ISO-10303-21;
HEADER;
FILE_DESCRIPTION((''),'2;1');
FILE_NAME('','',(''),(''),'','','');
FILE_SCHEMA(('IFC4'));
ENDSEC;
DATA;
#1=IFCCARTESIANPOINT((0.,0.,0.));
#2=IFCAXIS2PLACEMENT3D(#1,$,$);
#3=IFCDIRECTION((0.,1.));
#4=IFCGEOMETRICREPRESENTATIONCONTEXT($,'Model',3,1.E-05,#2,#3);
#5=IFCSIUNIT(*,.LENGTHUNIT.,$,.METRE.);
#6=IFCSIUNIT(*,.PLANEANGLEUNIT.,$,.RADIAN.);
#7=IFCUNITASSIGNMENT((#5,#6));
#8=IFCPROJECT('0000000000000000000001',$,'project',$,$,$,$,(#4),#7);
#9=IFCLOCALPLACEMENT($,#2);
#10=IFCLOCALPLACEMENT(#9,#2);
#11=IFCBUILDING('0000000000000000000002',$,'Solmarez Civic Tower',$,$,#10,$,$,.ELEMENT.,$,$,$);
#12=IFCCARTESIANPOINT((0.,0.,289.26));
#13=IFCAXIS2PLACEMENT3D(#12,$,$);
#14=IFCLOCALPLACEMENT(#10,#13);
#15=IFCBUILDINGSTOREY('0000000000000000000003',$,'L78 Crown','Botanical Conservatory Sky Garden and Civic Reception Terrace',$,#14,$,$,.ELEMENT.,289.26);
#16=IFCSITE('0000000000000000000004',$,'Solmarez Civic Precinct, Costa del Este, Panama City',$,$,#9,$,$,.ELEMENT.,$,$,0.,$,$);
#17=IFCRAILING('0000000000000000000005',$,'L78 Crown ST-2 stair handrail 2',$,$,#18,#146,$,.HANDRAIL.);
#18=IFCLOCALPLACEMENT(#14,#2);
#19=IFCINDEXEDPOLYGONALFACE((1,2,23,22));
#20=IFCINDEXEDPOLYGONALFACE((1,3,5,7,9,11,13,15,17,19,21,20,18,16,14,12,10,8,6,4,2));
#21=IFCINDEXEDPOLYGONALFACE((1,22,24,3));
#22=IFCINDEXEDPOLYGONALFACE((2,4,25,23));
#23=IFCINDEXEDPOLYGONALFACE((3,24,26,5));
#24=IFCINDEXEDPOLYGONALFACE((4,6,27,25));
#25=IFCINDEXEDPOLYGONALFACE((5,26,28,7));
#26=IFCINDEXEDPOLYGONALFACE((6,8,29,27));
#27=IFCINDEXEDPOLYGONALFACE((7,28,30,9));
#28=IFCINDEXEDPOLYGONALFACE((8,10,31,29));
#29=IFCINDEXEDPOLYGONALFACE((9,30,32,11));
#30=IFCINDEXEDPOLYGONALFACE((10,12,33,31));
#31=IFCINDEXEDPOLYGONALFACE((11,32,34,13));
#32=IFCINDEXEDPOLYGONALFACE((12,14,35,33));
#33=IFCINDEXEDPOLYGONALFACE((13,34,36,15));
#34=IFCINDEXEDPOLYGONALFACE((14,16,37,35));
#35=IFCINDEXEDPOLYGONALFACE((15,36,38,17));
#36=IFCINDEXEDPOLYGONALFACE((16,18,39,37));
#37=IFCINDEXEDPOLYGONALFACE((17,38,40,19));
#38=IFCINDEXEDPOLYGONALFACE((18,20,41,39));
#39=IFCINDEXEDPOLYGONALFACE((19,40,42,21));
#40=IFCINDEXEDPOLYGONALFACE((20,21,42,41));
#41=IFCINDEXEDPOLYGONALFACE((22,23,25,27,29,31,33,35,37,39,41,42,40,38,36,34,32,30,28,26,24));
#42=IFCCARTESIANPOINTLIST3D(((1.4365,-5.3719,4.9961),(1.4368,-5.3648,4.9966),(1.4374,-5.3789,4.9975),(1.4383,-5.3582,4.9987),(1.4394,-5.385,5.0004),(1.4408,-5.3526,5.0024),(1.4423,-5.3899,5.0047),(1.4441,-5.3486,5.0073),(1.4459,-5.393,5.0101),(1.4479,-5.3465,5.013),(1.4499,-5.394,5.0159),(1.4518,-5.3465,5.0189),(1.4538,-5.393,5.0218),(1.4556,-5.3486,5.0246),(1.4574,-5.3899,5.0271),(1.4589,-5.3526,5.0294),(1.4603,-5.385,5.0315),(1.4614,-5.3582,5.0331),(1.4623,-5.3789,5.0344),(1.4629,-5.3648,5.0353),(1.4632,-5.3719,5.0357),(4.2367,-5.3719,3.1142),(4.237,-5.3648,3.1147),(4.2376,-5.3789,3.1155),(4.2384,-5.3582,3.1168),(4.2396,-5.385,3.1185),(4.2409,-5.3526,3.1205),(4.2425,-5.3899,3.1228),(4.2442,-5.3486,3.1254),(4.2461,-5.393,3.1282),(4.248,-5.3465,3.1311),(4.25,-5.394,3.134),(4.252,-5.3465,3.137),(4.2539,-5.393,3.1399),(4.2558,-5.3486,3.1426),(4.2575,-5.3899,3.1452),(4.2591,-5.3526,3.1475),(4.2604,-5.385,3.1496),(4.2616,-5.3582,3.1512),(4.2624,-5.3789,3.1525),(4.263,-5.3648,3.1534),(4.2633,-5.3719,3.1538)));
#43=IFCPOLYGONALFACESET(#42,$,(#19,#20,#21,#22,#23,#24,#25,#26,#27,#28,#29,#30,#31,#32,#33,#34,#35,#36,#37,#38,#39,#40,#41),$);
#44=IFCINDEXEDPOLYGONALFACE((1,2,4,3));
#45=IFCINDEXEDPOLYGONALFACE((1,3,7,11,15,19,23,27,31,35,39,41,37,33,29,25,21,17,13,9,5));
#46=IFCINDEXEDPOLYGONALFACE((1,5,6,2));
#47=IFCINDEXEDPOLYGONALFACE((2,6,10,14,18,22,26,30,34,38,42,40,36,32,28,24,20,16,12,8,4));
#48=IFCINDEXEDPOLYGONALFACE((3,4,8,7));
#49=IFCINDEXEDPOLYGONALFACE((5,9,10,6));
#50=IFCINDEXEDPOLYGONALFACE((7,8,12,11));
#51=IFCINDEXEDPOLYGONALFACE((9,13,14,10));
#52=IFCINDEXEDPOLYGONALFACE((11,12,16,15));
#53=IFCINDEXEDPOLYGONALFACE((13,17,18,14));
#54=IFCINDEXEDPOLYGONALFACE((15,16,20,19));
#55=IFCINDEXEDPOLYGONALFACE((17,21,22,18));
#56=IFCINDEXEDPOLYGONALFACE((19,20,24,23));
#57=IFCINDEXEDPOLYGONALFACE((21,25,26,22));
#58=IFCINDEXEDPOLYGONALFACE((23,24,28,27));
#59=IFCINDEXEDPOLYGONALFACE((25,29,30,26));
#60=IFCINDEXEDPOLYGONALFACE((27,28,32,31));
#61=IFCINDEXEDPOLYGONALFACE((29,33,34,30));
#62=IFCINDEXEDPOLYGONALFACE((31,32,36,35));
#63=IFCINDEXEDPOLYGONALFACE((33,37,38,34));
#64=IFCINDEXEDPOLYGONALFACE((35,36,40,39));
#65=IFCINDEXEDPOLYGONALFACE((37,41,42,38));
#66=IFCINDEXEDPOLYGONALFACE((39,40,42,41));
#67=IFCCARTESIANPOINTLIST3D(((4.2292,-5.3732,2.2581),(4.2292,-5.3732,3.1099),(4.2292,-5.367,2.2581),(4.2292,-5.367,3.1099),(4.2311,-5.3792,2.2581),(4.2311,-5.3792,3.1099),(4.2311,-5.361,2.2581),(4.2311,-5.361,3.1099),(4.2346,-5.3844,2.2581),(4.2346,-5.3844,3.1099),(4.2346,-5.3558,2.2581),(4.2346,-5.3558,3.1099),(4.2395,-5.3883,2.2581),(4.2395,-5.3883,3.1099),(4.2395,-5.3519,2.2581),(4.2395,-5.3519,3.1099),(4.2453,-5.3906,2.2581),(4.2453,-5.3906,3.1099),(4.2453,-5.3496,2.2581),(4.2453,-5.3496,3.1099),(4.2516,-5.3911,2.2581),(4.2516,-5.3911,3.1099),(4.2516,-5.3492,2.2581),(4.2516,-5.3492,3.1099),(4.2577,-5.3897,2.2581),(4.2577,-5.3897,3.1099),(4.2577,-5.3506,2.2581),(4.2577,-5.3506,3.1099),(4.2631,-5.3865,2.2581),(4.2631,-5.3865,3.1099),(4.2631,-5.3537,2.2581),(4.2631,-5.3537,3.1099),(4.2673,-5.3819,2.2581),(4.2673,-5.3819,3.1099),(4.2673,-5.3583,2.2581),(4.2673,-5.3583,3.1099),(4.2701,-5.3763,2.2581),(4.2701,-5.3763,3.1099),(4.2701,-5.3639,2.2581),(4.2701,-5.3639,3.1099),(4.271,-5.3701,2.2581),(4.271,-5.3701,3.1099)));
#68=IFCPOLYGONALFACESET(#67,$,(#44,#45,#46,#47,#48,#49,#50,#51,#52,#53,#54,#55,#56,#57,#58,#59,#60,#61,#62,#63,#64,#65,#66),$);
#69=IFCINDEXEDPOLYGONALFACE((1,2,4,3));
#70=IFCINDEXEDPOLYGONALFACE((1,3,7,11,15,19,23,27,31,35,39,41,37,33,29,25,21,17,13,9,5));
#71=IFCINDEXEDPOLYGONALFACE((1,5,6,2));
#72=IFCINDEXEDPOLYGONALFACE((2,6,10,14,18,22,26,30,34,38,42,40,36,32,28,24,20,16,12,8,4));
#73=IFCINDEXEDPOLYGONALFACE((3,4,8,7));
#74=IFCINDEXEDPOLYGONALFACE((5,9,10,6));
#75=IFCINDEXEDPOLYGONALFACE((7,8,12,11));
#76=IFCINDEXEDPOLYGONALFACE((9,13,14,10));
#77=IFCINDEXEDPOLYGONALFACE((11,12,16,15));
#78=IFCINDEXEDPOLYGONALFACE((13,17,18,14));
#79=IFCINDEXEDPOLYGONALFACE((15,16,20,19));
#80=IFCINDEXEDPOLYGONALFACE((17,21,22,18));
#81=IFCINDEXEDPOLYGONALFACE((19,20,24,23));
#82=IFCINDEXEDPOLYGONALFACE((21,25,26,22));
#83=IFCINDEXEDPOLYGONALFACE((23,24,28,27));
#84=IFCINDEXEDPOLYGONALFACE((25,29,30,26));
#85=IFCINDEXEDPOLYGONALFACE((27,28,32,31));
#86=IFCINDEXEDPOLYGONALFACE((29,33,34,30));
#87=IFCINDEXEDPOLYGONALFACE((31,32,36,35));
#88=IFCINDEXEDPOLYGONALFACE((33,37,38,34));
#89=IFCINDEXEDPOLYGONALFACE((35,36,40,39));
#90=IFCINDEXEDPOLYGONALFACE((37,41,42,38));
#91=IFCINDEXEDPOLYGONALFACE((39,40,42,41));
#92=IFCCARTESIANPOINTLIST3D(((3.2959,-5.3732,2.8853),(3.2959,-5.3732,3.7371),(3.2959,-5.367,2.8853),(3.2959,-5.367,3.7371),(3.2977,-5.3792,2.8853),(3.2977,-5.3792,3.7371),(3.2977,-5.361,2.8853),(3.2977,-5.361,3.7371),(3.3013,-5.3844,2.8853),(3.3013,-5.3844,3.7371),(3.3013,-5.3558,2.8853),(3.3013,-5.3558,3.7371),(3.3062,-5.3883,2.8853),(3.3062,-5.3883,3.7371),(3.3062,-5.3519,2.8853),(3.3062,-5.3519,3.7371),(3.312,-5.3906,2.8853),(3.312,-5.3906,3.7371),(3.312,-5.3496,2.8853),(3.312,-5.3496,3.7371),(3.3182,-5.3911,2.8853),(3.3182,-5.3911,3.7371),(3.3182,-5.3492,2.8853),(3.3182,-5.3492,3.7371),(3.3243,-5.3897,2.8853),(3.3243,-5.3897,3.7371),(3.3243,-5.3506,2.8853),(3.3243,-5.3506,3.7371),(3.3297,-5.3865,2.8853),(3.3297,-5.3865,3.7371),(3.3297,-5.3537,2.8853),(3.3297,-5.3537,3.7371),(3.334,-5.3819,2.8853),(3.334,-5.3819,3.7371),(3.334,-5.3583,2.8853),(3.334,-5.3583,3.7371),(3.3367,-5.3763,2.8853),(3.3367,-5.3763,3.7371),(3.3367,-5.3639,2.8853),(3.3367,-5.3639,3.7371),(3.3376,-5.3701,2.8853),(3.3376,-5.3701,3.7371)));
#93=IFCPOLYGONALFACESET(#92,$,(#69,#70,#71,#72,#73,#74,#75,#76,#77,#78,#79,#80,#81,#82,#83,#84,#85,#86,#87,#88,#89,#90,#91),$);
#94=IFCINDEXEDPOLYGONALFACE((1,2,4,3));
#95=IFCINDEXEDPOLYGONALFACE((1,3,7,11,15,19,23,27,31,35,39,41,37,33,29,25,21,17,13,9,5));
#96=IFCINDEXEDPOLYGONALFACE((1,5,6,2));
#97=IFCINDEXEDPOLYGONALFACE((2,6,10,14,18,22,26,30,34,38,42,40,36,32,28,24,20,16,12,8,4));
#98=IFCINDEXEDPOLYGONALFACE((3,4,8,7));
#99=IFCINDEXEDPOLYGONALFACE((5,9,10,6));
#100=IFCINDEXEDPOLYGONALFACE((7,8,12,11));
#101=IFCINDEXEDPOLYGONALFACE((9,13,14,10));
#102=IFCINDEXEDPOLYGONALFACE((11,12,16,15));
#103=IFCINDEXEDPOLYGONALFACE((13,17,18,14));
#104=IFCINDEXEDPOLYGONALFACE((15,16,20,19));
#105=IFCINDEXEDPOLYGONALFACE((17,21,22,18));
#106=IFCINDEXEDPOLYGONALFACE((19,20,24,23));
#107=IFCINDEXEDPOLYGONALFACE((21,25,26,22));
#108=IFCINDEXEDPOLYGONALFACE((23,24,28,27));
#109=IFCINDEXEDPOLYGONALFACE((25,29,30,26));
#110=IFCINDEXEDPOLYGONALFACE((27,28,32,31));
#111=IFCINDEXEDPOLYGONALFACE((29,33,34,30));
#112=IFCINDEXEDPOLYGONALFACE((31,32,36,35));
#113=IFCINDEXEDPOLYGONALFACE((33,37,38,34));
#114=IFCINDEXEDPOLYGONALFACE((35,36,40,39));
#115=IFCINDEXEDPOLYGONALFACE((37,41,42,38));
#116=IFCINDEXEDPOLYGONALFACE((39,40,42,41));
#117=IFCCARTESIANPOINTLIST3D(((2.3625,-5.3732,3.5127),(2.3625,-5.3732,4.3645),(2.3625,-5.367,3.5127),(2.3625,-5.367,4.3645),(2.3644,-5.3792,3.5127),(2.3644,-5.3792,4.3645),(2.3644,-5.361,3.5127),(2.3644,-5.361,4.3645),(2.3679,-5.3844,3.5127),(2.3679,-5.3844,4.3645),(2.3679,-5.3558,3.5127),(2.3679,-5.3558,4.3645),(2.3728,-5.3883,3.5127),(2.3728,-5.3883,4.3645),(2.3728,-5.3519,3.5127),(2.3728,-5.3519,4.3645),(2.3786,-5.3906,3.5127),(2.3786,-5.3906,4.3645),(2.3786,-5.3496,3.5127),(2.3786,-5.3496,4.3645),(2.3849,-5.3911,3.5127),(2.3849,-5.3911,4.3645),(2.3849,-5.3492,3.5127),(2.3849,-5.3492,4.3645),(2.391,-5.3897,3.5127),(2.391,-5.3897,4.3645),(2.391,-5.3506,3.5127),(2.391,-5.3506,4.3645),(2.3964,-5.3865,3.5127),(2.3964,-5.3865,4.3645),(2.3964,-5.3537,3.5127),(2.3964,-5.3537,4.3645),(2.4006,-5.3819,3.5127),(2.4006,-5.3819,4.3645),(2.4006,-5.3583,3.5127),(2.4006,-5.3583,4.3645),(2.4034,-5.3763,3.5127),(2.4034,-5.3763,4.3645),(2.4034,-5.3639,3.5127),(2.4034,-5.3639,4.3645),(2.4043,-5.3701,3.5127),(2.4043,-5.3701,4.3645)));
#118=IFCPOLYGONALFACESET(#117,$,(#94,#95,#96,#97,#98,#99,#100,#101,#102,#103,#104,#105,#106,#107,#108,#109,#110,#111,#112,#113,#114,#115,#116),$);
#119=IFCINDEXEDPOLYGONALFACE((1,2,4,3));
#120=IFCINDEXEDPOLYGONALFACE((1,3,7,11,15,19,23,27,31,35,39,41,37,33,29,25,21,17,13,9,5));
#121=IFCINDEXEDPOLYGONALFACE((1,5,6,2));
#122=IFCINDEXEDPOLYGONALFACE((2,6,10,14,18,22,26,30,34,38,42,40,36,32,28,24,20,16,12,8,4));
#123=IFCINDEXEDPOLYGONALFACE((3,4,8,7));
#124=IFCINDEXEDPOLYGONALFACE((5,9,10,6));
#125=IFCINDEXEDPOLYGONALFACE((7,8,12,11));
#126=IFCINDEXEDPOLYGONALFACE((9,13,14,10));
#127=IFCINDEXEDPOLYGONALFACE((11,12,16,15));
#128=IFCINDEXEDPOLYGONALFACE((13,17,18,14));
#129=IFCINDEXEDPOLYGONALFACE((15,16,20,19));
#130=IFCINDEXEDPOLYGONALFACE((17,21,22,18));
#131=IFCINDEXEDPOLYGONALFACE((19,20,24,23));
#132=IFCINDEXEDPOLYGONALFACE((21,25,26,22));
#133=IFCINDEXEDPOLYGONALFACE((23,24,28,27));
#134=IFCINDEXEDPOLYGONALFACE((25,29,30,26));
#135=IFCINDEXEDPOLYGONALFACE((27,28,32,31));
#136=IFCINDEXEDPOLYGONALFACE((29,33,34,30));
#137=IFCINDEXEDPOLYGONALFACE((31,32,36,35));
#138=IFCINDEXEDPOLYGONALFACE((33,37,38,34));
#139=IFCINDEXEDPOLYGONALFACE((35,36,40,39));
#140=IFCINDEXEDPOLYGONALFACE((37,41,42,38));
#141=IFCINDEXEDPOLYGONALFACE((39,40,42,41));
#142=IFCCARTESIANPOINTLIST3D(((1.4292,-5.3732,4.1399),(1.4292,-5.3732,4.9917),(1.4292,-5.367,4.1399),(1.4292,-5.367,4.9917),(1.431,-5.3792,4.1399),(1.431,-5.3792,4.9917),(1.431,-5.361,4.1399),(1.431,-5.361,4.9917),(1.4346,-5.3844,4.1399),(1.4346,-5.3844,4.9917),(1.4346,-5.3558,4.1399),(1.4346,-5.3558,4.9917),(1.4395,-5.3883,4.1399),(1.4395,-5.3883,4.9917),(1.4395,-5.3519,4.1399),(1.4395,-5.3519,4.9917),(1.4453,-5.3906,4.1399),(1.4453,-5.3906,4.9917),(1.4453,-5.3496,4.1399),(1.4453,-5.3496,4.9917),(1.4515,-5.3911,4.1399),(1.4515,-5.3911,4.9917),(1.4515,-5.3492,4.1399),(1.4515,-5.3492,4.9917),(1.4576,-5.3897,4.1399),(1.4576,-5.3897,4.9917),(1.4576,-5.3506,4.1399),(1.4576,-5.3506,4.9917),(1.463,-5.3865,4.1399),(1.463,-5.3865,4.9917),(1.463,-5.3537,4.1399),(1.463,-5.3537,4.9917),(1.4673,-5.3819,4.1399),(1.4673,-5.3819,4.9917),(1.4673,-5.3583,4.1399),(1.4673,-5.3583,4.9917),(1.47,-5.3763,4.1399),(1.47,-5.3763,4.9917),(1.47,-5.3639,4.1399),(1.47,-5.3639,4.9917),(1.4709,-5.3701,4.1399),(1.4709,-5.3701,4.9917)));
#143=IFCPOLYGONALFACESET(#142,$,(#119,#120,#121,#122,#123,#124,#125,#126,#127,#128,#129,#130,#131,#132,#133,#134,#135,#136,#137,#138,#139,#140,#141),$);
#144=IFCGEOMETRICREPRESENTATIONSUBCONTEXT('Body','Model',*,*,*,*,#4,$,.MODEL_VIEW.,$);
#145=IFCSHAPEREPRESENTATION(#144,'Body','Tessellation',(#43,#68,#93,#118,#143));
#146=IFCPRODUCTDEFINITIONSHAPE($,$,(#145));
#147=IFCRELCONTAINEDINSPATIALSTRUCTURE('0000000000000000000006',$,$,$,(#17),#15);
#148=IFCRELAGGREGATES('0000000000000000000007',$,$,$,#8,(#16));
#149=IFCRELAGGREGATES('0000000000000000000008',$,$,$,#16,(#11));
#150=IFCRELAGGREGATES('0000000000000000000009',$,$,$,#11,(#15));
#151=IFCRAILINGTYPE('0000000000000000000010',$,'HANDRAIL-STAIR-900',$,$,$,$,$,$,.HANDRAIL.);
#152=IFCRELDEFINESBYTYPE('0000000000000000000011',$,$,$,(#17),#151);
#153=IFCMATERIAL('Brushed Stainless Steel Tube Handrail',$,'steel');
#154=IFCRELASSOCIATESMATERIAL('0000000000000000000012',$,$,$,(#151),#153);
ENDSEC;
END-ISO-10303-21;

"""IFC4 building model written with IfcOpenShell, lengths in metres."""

from ifc_helpers import new_model, si_unit, direction, frame, origin, origin_2d, place, context, subcontext, project, spatial, circle, extrude, material, type_object, element, save


model = new_model("IFC4")

# Units and contexts
model_context = context("Model", 3, precision=1e-05, world=origin(), true_north=direction((0.0, 1.0)))
body_context = subcontext(model_context, "Body", "Model", "MODEL_VIEW")
ifc_project = project(units=[si_unit("LENGTHUNIT", "METRE"), si_unit("PLANEANGLEUNIT", "RADIAN")], contexts=[model_context])

# Site, building, storey
site_placement = place(None, origin())
site = spatial("IfcSite", under=ifc_project, at=site_placement, Name="Solmarez Civic Precinct, Costa del Este, Panama City", CompositionType="ELEMENT", RefElevation=0.0)
building_placement = place(site_placement, origin())
building = spatial("IfcBuilding", under=site, at=building_placement, Name="Solmarez Civic Tower", CompositionType="ELEMENT")
storey_placement = place(building_placement, frame((0.0, 0.0, 289.26)))
storey = spatial("IfcBuildingStorey", under=building, at=storey_placement, Name="L78 Crown", Description="Botanical Conservatory Sky Garden and Civic Reception Terrace", CompositionType="ELEMENT", Elevation=289.26)

# Railing
ifc_material_1 = material(Name="Brushed Stainless Steel Tube Handrail", Category="steel")
railing_type_1 = type_object("IfcRailingType", Name="HANDRAIL-STAIR-900", PredefinedType="HANDRAIL", material=ifc_material_1)
railing_1_placement = place(storey_placement, frame((4.25, -5.3701, 2.2581)))
element("IfcRailing", 1, at=railing_1_placement, inside=storey, type_object=railing_type_1, Name="L78 Crown ST-2 stair handrail 2", PredefinedType="HANDRAIL", context=body_context, shape_type="SweptSolid", body=[
    extrude(circle(Radius=0.0239, at=origin_2d()), frame((0.0, 0.0, 0.876), z_axis=(-0.829974, 0.0, 0.557803), x_axis=(0.0, -1.0, 0.0)), (0.0, 0.0, 1.0), 3.3738),
    extrude(circle(Radius=0.021, at=origin_2d()), origin(), (0.0, 0.0, 1.0), 0.8518),
    extrude(circle(Radius=0.021, at=origin_2d()), frame((-0.9333, 0.0, 0.6272)), (0.0, 0.0, 1.0), 0.8518),
    extrude(circle(Radius=0.021, at=origin_2d()), frame((-1.8667, 0.0, 1.2546)), (0.0, 0.0, 1.0), 0.8518),
    extrude(circle(Radius=0.021, at=origin_2d()), frame((-2.8, 0.0, 1.8818)), (0.0, 0.0, 1.0), 0.8518),
])

save(model, "model.ifc")
